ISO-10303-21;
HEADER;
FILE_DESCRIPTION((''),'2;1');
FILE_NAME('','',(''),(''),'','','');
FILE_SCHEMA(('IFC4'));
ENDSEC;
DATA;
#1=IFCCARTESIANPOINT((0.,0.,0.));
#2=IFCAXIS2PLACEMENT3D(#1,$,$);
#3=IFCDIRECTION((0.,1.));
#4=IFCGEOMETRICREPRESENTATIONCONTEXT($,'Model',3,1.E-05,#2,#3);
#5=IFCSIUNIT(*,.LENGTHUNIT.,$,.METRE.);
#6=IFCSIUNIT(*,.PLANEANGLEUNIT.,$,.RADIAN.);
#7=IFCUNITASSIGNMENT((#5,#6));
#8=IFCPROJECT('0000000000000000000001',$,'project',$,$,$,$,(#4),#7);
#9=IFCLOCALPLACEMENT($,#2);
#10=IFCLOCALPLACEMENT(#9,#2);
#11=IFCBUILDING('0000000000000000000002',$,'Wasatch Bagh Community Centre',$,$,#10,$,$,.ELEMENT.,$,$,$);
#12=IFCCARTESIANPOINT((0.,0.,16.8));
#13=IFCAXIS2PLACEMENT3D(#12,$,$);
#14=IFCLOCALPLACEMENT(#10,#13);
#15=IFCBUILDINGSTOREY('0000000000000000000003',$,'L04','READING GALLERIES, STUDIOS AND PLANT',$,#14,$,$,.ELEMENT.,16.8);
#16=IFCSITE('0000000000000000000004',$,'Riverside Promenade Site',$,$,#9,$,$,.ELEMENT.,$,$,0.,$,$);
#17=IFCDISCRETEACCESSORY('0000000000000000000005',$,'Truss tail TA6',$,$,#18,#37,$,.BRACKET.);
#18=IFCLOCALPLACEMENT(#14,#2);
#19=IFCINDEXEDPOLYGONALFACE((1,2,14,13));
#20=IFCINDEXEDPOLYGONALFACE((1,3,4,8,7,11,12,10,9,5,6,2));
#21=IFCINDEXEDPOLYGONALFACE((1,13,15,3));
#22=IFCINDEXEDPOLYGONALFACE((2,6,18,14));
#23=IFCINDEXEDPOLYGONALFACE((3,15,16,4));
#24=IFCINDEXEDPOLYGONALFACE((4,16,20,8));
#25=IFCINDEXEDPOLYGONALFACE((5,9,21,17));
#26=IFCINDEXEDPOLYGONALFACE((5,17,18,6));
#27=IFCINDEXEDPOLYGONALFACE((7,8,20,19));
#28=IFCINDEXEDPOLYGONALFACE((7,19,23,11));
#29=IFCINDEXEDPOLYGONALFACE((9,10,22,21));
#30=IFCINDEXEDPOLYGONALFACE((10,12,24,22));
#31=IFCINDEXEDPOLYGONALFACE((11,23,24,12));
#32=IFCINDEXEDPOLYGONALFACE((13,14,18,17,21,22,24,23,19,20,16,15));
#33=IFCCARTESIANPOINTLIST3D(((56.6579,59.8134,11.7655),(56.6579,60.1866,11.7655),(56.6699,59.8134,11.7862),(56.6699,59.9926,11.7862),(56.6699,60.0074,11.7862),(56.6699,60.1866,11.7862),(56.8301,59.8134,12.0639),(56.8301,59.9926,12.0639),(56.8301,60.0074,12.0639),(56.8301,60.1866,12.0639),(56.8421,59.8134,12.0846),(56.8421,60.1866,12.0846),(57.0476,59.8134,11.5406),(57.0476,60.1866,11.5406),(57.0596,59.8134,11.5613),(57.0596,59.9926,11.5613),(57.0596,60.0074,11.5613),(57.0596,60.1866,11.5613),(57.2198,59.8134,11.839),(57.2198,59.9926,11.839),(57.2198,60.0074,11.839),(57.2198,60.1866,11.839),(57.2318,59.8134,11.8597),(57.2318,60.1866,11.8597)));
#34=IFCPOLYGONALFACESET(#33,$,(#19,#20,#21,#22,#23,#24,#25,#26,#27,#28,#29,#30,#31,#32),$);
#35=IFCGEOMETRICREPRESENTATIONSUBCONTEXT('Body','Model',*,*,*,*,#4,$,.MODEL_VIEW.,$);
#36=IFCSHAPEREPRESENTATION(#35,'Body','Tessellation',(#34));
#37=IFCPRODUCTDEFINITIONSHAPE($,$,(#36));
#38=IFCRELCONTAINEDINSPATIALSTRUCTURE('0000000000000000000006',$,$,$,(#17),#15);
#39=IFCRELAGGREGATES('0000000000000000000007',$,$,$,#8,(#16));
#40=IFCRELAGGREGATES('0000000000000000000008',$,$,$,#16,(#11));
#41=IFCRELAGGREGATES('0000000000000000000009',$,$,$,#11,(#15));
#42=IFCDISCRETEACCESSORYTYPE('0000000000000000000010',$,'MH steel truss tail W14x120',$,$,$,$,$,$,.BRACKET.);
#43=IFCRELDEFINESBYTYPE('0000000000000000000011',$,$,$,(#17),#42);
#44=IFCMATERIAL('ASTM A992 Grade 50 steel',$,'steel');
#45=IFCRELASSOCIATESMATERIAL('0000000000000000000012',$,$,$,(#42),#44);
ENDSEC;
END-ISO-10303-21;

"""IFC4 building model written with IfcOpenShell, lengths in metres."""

from ifc_helpers import new_model, si_unit, direction, frame, origin, origin_2d, place, context, subcontext, project, spatial, i_section, extrude, material, material_profile, profile_set, type_object, element, save


model = new_model("IFC4")

# Units and contexts
model_context = context("Model", 3, precision=1e-05, world=origin(), true_north=direction((0.0, 1.0)))
body_context = subcontext(model_context, "Body", "Model", "MODEL_VIEW")
ifc_project = project(units=[si_unit("LENGTHUNIT", "METRE"), si_unit("PLANEANGLEUNIT", "RADIAN")], contexts=[model_context])

# Site, building, storey
site_placement = place(None, origin())
site = spatial("IfcSite", under=ifc_project, at=site_placement, Name="Riverside Promenade Site", CompositionType="ELEMENT", RefElevation=0.0)
building_placement = place(site_placement, origin())
building = spatial("IfcBuilding", under=site, at=building_placement, Name="Wasatch Bagh Community Centre", CompositionType="ELEMENT")
storey_placement = place(building_placement, frame((0.0, 0.0, 16.8)))
storey = spatial("IfcBuildingStorey", under=building, at=storey_placement, Name="L04", Description="READING GALLERIES, STUDIOS AND PLANT", CompositionType="ELEMENT", Elevation=16.8)

# Shared definitions
ifc_material_1 = material(Name="ASTM A992 Grade 50 steel", Category="steel")

# Discrete accessory
ifc_material_profile_1 = material_profile(ifc_material_1, i_section(OverallWidth=0.3733, OverallDepth=0.3684, WebThickness=0.0149, FlangeThickness=0.0239, at=origin_2d()), Name="W14x120")
ifc_profile_set_1 = profile_set([ifc_material_profile_1], Name="ASTM A992 Grade 50 steel")
discrete_accessory_type_1 = type_object("IfcDiscreteAccessoryType", Name="MH steel truss tail W14x120", PredefinedType="BRACKET", material=ifc_profile_set_1)
discrete_accessory_1_placement = place(storey_placement, frame((56.75, 60.0, 11.925), z_axis=(0.866131, 0.0, -0.499816), x_axis=(0.0, 1.0, 0.0)))
element("IfcDiscreteAccessory", 1, at=discrete_accessory_1_placement, inside=storey, type_object=discrete_accessory_type_1, Name="Truss tail TA6", PredefinedType="BRACKET", context=body_context, shape_type="SweptSolid", body=[
    extrude(i_section(OverallWidth=0.3733, OverallDepth=0.3684, WebThickness=0.0149, FlangeThickness=0.0239, at=origin_2d()), origin(), (0.0, 0.0, 1.0), 0.45),
])

save(model, "model.ifc")
